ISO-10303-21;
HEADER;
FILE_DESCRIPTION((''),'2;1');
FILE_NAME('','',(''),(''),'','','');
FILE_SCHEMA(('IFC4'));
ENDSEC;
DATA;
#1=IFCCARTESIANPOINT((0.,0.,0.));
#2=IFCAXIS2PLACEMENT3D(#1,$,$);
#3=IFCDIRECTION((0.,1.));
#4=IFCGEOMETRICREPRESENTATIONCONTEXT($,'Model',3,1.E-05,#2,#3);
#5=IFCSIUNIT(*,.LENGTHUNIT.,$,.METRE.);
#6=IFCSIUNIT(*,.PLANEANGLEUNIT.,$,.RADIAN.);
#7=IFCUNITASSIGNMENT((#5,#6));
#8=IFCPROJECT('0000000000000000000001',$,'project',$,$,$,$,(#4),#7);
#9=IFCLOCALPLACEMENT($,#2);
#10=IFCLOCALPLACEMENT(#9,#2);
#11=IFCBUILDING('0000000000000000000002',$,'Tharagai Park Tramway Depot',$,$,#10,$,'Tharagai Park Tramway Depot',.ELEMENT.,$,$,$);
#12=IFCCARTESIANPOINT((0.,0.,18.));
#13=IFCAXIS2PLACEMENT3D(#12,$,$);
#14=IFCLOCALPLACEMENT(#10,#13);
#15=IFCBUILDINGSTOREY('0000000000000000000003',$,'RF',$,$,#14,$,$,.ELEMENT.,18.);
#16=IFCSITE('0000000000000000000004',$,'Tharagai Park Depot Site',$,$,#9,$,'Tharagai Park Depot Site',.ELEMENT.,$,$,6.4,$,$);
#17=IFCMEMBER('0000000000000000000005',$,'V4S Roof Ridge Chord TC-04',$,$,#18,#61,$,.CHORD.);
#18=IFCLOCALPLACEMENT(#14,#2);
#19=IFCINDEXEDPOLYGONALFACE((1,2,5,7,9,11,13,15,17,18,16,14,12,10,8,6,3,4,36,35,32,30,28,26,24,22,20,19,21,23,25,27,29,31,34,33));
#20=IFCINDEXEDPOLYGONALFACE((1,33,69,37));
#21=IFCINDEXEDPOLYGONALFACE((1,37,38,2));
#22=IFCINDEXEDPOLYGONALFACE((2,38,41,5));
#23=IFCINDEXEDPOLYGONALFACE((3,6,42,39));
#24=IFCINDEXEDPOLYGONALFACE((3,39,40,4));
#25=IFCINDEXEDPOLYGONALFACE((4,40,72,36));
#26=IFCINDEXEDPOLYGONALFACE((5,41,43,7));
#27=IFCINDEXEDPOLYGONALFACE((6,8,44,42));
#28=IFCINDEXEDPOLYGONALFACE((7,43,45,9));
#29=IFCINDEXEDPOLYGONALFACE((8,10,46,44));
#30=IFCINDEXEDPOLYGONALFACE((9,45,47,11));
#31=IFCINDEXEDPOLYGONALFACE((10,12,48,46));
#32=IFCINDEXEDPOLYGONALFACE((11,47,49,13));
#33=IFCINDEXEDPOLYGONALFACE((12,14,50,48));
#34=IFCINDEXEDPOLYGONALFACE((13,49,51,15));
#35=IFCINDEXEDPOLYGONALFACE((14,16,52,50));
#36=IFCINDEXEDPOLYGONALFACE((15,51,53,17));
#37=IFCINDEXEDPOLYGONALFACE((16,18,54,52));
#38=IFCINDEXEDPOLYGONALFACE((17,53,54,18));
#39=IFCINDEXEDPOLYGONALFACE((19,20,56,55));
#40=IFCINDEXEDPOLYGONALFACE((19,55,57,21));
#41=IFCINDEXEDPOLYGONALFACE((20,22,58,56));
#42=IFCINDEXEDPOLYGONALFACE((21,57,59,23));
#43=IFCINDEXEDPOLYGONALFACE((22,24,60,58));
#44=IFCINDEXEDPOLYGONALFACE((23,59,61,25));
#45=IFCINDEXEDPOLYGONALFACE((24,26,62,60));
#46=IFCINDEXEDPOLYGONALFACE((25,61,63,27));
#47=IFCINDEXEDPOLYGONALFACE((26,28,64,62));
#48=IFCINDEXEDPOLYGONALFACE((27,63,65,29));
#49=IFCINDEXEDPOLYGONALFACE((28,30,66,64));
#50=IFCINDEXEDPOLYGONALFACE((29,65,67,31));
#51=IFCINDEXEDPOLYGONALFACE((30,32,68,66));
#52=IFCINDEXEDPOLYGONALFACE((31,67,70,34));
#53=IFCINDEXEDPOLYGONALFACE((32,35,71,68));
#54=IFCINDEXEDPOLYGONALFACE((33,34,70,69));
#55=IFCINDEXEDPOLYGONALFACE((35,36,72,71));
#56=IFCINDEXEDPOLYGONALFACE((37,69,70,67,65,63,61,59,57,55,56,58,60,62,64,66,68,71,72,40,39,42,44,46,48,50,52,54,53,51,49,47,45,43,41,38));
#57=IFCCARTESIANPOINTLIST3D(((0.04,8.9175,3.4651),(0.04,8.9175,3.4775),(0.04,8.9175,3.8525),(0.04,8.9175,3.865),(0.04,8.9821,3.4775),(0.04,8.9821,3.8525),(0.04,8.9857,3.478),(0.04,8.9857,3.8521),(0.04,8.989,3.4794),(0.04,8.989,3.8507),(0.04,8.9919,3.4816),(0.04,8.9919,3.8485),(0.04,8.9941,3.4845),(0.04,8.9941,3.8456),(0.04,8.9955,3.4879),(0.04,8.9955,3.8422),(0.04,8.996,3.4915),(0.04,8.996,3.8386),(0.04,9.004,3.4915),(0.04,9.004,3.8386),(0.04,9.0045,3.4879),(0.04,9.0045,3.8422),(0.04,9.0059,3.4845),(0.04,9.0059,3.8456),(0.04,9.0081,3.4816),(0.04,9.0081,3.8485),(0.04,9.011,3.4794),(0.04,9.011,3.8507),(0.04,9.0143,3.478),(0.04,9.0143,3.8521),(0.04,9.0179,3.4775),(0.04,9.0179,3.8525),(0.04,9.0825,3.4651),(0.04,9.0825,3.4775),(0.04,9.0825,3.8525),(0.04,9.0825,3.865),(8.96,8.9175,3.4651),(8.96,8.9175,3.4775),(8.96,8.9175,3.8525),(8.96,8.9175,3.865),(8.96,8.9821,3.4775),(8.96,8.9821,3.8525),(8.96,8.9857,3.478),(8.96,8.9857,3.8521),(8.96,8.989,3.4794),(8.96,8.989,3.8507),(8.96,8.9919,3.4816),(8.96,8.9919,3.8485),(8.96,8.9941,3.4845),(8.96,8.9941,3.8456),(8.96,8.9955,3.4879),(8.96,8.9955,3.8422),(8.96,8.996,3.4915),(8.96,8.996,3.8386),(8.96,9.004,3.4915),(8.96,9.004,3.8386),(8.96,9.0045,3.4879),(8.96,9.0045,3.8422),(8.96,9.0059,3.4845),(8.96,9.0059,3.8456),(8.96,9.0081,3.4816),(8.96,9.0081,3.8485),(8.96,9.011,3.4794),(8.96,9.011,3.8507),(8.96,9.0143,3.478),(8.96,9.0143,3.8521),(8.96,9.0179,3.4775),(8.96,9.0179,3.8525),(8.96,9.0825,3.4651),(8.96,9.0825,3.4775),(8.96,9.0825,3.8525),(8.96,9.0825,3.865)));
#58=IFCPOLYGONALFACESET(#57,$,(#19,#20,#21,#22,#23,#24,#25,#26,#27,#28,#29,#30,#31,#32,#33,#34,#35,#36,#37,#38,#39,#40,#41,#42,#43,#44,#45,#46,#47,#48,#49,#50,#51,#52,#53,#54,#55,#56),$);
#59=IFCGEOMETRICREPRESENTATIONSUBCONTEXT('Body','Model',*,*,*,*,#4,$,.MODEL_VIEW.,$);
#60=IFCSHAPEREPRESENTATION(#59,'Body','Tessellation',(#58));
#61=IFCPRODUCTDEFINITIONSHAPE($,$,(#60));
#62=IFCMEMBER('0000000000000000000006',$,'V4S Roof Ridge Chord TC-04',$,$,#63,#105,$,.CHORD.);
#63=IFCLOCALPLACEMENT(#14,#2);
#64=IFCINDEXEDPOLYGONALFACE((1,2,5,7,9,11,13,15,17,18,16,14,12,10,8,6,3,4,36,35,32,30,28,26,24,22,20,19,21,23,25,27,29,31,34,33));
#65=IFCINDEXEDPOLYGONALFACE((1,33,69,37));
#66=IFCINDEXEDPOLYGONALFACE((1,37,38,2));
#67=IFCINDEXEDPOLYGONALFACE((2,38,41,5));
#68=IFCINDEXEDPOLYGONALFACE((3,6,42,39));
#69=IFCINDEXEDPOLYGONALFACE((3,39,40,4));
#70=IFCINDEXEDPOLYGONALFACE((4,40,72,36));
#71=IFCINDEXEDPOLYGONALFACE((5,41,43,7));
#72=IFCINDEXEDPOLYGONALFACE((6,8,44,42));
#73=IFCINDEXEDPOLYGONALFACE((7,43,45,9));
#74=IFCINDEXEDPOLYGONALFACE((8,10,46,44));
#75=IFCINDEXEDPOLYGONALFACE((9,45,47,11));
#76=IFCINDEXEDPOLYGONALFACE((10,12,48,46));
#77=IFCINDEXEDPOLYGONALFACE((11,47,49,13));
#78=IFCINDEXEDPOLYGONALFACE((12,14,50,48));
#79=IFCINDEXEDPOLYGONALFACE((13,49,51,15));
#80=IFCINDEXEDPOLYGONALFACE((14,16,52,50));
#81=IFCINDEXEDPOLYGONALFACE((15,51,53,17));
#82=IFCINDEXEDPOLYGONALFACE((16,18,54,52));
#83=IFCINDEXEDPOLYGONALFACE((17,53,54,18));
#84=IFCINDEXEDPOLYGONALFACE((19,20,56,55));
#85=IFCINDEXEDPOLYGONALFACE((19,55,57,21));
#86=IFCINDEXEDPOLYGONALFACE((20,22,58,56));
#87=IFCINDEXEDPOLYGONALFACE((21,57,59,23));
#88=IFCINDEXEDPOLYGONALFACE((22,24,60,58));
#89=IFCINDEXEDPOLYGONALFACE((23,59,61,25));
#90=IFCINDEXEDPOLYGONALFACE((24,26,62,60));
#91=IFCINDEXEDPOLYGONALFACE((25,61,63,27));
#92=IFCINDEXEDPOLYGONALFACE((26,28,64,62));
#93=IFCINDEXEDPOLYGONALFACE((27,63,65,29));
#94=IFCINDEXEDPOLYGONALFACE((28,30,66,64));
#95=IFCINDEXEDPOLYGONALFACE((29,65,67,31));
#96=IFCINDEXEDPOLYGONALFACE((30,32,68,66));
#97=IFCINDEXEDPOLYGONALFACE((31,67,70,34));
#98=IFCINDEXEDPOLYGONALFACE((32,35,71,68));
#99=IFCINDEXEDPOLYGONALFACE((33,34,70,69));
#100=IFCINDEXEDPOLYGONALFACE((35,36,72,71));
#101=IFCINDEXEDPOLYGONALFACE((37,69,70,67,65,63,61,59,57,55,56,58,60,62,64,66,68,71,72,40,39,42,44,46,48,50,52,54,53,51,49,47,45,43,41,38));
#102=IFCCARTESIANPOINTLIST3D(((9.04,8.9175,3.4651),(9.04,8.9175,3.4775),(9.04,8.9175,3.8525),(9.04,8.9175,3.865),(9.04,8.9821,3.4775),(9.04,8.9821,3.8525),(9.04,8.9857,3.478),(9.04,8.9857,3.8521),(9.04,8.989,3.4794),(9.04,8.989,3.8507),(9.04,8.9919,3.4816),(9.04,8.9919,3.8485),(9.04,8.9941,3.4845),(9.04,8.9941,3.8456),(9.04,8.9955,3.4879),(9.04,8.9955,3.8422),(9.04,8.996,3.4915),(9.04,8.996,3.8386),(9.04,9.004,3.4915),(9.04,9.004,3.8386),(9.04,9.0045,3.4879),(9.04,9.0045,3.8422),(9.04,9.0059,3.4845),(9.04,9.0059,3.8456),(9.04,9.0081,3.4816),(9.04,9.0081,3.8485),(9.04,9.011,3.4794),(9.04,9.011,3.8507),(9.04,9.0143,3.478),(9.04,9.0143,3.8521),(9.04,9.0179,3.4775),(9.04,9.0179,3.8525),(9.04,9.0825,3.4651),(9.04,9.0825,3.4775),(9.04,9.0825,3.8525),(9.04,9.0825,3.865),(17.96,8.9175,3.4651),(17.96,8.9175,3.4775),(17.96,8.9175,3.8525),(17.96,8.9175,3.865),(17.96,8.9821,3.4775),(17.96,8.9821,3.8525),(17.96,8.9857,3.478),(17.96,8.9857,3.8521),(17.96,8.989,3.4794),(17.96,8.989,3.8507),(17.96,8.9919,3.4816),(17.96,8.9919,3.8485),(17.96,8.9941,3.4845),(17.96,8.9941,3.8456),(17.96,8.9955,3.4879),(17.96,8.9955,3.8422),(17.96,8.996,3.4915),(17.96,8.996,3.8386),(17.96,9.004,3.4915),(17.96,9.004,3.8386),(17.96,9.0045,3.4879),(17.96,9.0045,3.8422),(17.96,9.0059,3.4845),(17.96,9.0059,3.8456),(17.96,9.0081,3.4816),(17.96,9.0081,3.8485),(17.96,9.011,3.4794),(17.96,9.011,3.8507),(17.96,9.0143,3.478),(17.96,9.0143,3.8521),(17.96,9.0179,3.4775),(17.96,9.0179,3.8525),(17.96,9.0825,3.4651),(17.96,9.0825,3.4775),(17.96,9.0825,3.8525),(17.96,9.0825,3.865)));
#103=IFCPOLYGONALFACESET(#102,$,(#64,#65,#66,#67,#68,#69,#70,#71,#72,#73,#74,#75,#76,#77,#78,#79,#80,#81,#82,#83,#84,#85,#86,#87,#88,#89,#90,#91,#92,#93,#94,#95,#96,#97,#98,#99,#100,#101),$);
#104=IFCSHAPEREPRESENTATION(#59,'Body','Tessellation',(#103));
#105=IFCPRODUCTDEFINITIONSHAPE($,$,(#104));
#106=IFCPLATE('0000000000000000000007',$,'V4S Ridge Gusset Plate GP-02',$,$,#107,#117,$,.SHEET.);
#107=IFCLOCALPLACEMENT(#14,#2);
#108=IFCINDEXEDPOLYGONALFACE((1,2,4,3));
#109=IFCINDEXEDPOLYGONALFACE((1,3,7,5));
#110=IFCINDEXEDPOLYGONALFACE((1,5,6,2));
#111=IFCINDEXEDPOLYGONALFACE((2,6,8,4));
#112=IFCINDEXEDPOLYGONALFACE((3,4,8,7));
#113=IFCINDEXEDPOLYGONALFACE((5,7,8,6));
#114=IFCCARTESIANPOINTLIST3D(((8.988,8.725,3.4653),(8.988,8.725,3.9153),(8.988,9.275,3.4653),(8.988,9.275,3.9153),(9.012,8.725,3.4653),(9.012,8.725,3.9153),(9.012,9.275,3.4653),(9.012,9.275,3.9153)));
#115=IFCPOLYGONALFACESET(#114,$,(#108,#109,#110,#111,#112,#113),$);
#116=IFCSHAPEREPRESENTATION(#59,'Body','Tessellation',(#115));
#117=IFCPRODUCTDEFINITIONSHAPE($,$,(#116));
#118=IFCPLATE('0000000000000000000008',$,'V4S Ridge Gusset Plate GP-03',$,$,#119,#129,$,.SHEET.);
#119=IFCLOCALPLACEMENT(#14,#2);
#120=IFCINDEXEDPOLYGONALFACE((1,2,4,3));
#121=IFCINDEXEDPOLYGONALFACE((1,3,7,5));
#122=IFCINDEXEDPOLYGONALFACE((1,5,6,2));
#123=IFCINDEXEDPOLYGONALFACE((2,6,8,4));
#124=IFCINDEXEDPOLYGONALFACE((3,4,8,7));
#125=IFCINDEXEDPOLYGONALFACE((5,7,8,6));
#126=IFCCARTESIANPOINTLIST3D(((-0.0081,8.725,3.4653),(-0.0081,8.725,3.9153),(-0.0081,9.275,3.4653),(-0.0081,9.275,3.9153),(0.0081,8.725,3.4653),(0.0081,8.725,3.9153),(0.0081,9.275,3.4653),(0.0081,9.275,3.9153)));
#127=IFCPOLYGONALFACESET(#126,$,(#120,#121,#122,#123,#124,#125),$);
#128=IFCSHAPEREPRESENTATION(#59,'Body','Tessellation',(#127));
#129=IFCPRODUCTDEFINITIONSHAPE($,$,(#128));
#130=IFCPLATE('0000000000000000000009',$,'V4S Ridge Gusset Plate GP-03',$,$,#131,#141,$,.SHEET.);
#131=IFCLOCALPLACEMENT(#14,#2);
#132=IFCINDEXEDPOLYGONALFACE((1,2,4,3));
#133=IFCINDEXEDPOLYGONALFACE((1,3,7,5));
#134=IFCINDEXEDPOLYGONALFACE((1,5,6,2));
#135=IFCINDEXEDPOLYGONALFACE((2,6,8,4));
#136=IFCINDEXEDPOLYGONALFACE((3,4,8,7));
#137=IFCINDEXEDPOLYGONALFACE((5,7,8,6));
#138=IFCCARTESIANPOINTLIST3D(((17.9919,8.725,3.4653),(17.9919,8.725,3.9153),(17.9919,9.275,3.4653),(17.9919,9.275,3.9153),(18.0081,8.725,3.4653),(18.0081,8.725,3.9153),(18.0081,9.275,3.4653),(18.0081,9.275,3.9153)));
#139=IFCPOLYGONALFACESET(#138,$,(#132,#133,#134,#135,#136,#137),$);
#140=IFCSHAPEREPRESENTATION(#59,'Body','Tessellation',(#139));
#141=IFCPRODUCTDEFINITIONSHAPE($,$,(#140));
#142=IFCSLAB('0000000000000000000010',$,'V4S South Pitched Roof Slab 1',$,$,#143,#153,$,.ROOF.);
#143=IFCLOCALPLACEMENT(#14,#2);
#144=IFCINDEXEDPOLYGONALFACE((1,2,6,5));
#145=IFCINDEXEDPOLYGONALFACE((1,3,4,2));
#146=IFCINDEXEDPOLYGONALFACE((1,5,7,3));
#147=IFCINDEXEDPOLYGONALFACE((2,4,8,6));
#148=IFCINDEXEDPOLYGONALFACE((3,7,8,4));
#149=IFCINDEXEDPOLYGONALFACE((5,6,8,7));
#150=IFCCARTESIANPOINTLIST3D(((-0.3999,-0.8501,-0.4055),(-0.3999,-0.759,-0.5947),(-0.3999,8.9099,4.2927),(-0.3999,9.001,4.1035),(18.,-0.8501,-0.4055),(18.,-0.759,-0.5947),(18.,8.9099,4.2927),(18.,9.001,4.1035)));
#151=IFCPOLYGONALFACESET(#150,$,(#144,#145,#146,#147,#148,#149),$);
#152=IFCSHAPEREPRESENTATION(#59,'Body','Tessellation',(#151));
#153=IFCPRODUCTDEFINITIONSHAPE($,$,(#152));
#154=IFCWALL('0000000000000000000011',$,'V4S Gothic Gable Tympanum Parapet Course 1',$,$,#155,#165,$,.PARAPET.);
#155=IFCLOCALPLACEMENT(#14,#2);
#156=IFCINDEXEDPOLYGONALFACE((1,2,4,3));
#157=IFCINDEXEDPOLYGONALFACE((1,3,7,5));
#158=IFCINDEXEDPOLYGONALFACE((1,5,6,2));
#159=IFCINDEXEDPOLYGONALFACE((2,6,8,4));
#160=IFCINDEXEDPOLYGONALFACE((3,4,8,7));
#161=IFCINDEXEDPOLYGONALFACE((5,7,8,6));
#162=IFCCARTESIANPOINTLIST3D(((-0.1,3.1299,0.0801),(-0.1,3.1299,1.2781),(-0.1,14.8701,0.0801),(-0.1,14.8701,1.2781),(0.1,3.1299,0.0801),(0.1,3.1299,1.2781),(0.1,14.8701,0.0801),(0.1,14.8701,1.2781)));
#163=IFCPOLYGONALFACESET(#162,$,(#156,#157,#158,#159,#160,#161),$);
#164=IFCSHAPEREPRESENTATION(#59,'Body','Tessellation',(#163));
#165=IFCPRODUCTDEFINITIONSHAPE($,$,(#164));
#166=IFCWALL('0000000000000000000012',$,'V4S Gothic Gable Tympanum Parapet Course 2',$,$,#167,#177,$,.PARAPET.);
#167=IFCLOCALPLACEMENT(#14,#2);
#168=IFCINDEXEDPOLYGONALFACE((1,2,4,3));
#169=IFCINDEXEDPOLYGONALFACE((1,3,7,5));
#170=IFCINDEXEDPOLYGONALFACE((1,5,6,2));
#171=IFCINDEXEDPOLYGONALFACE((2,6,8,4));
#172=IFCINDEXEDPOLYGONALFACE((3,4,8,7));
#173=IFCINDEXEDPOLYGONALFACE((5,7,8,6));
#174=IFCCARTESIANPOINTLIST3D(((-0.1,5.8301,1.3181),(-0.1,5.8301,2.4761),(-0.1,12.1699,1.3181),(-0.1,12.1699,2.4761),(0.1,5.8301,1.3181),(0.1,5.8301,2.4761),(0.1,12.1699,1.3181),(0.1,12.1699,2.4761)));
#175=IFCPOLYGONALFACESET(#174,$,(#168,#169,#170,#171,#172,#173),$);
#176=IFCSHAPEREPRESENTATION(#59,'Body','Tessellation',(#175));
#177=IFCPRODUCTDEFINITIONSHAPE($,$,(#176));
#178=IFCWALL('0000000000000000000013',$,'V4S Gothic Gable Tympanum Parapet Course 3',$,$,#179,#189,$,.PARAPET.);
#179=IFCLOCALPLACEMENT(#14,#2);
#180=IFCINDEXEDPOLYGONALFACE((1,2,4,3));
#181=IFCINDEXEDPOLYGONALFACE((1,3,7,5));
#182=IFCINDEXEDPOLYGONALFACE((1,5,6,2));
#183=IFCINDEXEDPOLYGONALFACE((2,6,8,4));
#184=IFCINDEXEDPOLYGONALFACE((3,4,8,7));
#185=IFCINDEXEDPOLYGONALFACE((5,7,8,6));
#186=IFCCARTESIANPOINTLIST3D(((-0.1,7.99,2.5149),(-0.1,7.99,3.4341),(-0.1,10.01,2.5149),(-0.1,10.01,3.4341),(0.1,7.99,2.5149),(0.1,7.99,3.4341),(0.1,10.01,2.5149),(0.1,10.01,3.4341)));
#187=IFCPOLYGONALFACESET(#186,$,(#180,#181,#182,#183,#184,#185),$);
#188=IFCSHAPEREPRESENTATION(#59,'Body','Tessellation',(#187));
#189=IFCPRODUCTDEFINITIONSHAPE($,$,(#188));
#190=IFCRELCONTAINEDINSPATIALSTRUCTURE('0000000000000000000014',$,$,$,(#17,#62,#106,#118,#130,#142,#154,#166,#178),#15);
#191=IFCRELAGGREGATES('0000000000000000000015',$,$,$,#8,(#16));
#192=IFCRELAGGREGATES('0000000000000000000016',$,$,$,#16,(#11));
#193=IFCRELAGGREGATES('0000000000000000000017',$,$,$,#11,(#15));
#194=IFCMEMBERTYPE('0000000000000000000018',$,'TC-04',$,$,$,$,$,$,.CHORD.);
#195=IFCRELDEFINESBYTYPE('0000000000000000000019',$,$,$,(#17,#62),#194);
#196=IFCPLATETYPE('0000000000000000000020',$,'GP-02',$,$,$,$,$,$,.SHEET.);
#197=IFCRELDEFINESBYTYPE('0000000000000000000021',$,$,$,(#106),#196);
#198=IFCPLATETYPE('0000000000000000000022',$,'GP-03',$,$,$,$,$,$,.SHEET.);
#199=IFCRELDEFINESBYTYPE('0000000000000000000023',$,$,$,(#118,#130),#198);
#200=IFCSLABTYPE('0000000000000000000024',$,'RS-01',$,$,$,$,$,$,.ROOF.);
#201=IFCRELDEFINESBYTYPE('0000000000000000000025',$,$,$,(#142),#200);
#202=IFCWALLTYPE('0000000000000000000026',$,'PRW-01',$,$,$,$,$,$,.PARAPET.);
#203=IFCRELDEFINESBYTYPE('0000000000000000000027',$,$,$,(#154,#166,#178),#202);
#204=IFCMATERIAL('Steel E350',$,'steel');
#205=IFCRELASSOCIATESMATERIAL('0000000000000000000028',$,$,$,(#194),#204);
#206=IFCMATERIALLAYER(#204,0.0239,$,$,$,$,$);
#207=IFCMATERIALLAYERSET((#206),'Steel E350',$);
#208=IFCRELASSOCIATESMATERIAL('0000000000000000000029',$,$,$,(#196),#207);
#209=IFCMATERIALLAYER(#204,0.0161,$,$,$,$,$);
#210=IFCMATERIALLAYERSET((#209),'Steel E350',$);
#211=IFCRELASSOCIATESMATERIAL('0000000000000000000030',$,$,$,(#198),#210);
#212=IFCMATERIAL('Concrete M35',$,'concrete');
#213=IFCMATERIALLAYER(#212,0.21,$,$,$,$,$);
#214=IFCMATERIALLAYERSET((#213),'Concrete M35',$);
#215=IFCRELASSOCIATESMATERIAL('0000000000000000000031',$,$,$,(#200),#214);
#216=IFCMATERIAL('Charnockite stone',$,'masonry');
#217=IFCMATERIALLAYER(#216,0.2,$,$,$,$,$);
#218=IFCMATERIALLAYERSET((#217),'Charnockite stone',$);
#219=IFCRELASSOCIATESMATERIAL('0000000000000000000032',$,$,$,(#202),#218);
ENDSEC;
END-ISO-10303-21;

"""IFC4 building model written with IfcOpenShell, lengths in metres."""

from ifc_helpers import new_model, si_unit, direction, frame, frame_2d, origin, origin_2d, place, context, subcontext, project, spatial, polyline, rectangle, i_section, outline, extrude, material, layer, layer_set, material_profile, profile_set, type_object, element, save


model = new_model("IFC4")

# Units and contexts
model_context = context("Model", 3, precision=1e-05, world=origin(), true_north=direction((0.0, 1.0)))
body_context = subcontext(model_context, "Body", "Model", "MODEL_VIEW")
ifc_project = project(units=[si_unit("LENGTHUNIT", "METRE"), si_unit("PLANEANGLEUNIT", "RADIAN")], contexts=[model_context])

# Site, building, storey
site_placement = place(None, origin())
site = spatial("IfcSite", under=ifc_project, at=site_placement, Name="Tharagai Park Depot Site", LongName="Tharagai Park Depot Site", CompositionType="ELEMENT", RefElevation=6.4)
building_placement = place(site_placement, origin())
building = spatial("IfcBuilding", under=site, at=building_placement, Name="Tharagai Park Tramway Depot", LongName="Tharagai Park Tramway Depot", CompositionType="ELEMENT")
storey_placement = place(building_placement, frame((0.0, 0.0, 18.0)))
storey = spatial("IfcBuildingStorey", under=building, at=storey_placement, Name="RF", CompositionType="ELEMENT", Elevation=18.0)

# Shared definitions
ifc_material_1 = material(Name="Steel E350", Category="steel")

# Members
ifc_material_profile_1 = material_profile(ifc_material_1, i_section(OverallWidth=0.165, OverallDepth=0.3999, WebThickness=0.0081, FlangeThickness=0.0125, FilletRadius=0.0139, at=origin_2d()), Name="ISLB 400")
ifc_profile_set_1 = profile_set([ifc_material_profile_1], Name="Steel E350")
member_type_1 = type_object("IfcMemberType", Name="TC-04", PredefinedType="CHORD", material=ifc_profile_set_1)
for number, where, z_axis, x_axis, name in (
    (1, (0.04, 9.0, 3.665), (1.0, 0.0, 0.0), (0.0, 1.0, 0.0), "V4S Roof Ridge Chord TC-04"),
    (2, (9.04, 9.0, 3.665), (1.0, 0.0, 0.0), (0.0, 1.0, 0.0), "V4S Roof Ridge Chord TC-04"),
):
    element("IfcMember", number, at=place(storey_placement, frame(where, z_axis=z_axis, x_axis=x_axis)), inside=storey, type_object=member_type_1, Name=name, PredefinedType="CHORD", context=body_context, shape_type="SweptSolid", body=[
        extrude(i_section(OverallWidth=0.165, OverallDepth=0.3999, WebThickness=0.0081, FlangeThickness=0.0125, FilletRadius=0.0139, at=origin_2d()), origin(), (0.0, 0.0, 1.0), 8.9199),
    ])

# Plates
ifc_layer_1 = layer(ifc_material_1, 0.0239)
ifc_layer_set_1 = layer_set([ifc_layer_1], Name="Steel E350")
plate_type_1 = type_object("IfcPlateType", Name="GP-02", PredefinedType="SHEET", material=ifc_layer_set_1)
plate_placement = place(storey_placement, frame((9.0, 9.0, 3.4653), z_axis=(0.0, 0.0, 1.0), x_axis=(1.0, 0.0, 0.0)))
element("IfcPlate", 3, at=plate_placement, inside=storey, type_object=plate_type_1, Name="V4S Ridge Gusset Plate GP-02", PredefinedType="SHEET", context=body_context, shape_type="SweptSolid", body=[
    extrude(rectangle(XDim=0.0239, YDim=0.55, at=origin_2d()), origin(), (0.0, 0.0, 1.0), 0.45),
])
ifc_layer_2 = layer(ifc_material_1, 0.0161)
ifc_layer_set_2 = layer_set([ifc_layer_2], Name="Steel E350")
plate_type_2 = type_object("IfcPlateType", Name="GP-03", PredefinedType="SHEET", material=ifc_layer_set_2)
for number, where, z_axis, x_axis, name in (
    (4, (0.0, 9.0, 3.4653), (0.0, 0.0, 1.0), (1.0, 0.0, 0.0), "V4S Ridge Gusset Plate GP-03"),
    (5, (18.0, 9.0, 3.4653), (0.0, 0.0, 1.0), (1.0, 0.0, 0.0), "V4S Ridge Gusset Plate GP-03"),
):
    element("IfcPlate", number, at=place(storey_placement, frame(where, z_axis=z_axis, x_axis=x_axis)), inside=storey, type_object=plate_type_2, Name=name, PredefinedType="SHEET", context=body_context, shape_type="SweptSolid", body=[
        extrude(rectangle(XDim=0.0161, YDim=0.55, at=origin_2d()), origin(), (0.0, 0.0, 1.0), 0.45),
    ])

# Slab
ifc_material_2 = material(Name="Concrete M35", Category="concrete")
ifc_layer_3 = layer(ifc_material_2, 0.21)
ifc_layer_set_3 = layer_set([ifc_layer_3], Name="Concrete M35")
slab_type = type_object("IfcSlabType", Name="RS-01", PredefinedType="ROOF", material=ifc_layer_set_3)
slab_placement = place(storey_placement, frame((-0.3999, -0.8501, -0.4055), z_axis=(0.0, -0.433739, 0.901039), x_axis=(1.0, 0.0, 0.0)))
element("IfcSlab", 6, at=slab_placement, inside=storey, type_object=slab_type, Name="V4S South Pitched Roof Slab 1", PredefinedType="ROOF", context=body_context, shape_type="SweptSolid", body=[
    extrude(outline(polyline([(0.0, 0.0), (18.3999, 0.0), (18.3999, 10.832), (0.0, 10.832), (0.0, 0.0)])), origin(), (0.0, 0.0, -1.0), 0.21),
])

# Walls
ifc_material_3 = material(Name="Charnockite stone", Category="masonry")
ifc_layer_4 = layer(ifc_material_3, 0.2)
ifc_layer_set_4 = layer_set([ifc_layer_4], Name="Charnockite stone")
wall_type = type_object("IfcWallType", Name="PRW-01", PredefinedType="PARAPET", material=ifc_layer_set_4)
wall_1_placement = place(storey_placement, frame((0.0, 3.1299, 0.0801), z_axis=(0.0, 0.0, 1.0), x_axis=(0.0, 1.0, 0.0)))
element("IfcWall", 7, at=wall_1_placement, inside=storey, type_object=wall_type, Name="V4S Gothic Gable Tympanum Parapet Course 1", PredefinedType="PARAPET", context=body_context, shape_type="SweptSolid", body=[
    extrude(rectangle(XDim=11.7402, YDim=0.2, at=frame_2d((5.8701, 0.0))), origin(), (0.0, 0.0, 1.0), 1.198),
])
wall_2_placement = place(storey_placement, frame((0.0, 5.8301, 1.3181), z_axis=(0.0, 0.0, 1.0), x_axis=(0.0, 1.0, 0.0)))
element("IfcWall", 8, at=wall_2_placement, inside=storey, type_object=wall_type, Name="V4S Gothic Gable Tympanum Parapet Course 2", PredefinedType="PARAPET", context=body_context, shape_type="SweptSolid", body=[
    extrude(rectangle(XDim=6.3398, YDim=0.2, at=frame_2d((3.1699, 0.0))), origin(), (0.0, 0.0, 1.0), 1.158),
])
wall_3_placement = place(storey_placement, frame((0.0, 7.99, 2.5149), z_axis=(0.0, 0.0, 1.0), x_axis=(0.0, 1.0, 0.0)))
element("IfcWall", 9, at=wall_3_placement, inside=storey, type_object=wall_type, Name="V4S Gothic Gable Tympanum Parapet Course 3", PredefinedType="PARAPET", context=body_context, shape_type="SweptSolid", body=[
    extrude(rectangle(XDim=2.02, YDim=0.2, at=frame_2d((1.01, 0.0))), origin(), (0.0, 0.0, 1.0), 0.9192),
])

save(model, "model.ifc")
